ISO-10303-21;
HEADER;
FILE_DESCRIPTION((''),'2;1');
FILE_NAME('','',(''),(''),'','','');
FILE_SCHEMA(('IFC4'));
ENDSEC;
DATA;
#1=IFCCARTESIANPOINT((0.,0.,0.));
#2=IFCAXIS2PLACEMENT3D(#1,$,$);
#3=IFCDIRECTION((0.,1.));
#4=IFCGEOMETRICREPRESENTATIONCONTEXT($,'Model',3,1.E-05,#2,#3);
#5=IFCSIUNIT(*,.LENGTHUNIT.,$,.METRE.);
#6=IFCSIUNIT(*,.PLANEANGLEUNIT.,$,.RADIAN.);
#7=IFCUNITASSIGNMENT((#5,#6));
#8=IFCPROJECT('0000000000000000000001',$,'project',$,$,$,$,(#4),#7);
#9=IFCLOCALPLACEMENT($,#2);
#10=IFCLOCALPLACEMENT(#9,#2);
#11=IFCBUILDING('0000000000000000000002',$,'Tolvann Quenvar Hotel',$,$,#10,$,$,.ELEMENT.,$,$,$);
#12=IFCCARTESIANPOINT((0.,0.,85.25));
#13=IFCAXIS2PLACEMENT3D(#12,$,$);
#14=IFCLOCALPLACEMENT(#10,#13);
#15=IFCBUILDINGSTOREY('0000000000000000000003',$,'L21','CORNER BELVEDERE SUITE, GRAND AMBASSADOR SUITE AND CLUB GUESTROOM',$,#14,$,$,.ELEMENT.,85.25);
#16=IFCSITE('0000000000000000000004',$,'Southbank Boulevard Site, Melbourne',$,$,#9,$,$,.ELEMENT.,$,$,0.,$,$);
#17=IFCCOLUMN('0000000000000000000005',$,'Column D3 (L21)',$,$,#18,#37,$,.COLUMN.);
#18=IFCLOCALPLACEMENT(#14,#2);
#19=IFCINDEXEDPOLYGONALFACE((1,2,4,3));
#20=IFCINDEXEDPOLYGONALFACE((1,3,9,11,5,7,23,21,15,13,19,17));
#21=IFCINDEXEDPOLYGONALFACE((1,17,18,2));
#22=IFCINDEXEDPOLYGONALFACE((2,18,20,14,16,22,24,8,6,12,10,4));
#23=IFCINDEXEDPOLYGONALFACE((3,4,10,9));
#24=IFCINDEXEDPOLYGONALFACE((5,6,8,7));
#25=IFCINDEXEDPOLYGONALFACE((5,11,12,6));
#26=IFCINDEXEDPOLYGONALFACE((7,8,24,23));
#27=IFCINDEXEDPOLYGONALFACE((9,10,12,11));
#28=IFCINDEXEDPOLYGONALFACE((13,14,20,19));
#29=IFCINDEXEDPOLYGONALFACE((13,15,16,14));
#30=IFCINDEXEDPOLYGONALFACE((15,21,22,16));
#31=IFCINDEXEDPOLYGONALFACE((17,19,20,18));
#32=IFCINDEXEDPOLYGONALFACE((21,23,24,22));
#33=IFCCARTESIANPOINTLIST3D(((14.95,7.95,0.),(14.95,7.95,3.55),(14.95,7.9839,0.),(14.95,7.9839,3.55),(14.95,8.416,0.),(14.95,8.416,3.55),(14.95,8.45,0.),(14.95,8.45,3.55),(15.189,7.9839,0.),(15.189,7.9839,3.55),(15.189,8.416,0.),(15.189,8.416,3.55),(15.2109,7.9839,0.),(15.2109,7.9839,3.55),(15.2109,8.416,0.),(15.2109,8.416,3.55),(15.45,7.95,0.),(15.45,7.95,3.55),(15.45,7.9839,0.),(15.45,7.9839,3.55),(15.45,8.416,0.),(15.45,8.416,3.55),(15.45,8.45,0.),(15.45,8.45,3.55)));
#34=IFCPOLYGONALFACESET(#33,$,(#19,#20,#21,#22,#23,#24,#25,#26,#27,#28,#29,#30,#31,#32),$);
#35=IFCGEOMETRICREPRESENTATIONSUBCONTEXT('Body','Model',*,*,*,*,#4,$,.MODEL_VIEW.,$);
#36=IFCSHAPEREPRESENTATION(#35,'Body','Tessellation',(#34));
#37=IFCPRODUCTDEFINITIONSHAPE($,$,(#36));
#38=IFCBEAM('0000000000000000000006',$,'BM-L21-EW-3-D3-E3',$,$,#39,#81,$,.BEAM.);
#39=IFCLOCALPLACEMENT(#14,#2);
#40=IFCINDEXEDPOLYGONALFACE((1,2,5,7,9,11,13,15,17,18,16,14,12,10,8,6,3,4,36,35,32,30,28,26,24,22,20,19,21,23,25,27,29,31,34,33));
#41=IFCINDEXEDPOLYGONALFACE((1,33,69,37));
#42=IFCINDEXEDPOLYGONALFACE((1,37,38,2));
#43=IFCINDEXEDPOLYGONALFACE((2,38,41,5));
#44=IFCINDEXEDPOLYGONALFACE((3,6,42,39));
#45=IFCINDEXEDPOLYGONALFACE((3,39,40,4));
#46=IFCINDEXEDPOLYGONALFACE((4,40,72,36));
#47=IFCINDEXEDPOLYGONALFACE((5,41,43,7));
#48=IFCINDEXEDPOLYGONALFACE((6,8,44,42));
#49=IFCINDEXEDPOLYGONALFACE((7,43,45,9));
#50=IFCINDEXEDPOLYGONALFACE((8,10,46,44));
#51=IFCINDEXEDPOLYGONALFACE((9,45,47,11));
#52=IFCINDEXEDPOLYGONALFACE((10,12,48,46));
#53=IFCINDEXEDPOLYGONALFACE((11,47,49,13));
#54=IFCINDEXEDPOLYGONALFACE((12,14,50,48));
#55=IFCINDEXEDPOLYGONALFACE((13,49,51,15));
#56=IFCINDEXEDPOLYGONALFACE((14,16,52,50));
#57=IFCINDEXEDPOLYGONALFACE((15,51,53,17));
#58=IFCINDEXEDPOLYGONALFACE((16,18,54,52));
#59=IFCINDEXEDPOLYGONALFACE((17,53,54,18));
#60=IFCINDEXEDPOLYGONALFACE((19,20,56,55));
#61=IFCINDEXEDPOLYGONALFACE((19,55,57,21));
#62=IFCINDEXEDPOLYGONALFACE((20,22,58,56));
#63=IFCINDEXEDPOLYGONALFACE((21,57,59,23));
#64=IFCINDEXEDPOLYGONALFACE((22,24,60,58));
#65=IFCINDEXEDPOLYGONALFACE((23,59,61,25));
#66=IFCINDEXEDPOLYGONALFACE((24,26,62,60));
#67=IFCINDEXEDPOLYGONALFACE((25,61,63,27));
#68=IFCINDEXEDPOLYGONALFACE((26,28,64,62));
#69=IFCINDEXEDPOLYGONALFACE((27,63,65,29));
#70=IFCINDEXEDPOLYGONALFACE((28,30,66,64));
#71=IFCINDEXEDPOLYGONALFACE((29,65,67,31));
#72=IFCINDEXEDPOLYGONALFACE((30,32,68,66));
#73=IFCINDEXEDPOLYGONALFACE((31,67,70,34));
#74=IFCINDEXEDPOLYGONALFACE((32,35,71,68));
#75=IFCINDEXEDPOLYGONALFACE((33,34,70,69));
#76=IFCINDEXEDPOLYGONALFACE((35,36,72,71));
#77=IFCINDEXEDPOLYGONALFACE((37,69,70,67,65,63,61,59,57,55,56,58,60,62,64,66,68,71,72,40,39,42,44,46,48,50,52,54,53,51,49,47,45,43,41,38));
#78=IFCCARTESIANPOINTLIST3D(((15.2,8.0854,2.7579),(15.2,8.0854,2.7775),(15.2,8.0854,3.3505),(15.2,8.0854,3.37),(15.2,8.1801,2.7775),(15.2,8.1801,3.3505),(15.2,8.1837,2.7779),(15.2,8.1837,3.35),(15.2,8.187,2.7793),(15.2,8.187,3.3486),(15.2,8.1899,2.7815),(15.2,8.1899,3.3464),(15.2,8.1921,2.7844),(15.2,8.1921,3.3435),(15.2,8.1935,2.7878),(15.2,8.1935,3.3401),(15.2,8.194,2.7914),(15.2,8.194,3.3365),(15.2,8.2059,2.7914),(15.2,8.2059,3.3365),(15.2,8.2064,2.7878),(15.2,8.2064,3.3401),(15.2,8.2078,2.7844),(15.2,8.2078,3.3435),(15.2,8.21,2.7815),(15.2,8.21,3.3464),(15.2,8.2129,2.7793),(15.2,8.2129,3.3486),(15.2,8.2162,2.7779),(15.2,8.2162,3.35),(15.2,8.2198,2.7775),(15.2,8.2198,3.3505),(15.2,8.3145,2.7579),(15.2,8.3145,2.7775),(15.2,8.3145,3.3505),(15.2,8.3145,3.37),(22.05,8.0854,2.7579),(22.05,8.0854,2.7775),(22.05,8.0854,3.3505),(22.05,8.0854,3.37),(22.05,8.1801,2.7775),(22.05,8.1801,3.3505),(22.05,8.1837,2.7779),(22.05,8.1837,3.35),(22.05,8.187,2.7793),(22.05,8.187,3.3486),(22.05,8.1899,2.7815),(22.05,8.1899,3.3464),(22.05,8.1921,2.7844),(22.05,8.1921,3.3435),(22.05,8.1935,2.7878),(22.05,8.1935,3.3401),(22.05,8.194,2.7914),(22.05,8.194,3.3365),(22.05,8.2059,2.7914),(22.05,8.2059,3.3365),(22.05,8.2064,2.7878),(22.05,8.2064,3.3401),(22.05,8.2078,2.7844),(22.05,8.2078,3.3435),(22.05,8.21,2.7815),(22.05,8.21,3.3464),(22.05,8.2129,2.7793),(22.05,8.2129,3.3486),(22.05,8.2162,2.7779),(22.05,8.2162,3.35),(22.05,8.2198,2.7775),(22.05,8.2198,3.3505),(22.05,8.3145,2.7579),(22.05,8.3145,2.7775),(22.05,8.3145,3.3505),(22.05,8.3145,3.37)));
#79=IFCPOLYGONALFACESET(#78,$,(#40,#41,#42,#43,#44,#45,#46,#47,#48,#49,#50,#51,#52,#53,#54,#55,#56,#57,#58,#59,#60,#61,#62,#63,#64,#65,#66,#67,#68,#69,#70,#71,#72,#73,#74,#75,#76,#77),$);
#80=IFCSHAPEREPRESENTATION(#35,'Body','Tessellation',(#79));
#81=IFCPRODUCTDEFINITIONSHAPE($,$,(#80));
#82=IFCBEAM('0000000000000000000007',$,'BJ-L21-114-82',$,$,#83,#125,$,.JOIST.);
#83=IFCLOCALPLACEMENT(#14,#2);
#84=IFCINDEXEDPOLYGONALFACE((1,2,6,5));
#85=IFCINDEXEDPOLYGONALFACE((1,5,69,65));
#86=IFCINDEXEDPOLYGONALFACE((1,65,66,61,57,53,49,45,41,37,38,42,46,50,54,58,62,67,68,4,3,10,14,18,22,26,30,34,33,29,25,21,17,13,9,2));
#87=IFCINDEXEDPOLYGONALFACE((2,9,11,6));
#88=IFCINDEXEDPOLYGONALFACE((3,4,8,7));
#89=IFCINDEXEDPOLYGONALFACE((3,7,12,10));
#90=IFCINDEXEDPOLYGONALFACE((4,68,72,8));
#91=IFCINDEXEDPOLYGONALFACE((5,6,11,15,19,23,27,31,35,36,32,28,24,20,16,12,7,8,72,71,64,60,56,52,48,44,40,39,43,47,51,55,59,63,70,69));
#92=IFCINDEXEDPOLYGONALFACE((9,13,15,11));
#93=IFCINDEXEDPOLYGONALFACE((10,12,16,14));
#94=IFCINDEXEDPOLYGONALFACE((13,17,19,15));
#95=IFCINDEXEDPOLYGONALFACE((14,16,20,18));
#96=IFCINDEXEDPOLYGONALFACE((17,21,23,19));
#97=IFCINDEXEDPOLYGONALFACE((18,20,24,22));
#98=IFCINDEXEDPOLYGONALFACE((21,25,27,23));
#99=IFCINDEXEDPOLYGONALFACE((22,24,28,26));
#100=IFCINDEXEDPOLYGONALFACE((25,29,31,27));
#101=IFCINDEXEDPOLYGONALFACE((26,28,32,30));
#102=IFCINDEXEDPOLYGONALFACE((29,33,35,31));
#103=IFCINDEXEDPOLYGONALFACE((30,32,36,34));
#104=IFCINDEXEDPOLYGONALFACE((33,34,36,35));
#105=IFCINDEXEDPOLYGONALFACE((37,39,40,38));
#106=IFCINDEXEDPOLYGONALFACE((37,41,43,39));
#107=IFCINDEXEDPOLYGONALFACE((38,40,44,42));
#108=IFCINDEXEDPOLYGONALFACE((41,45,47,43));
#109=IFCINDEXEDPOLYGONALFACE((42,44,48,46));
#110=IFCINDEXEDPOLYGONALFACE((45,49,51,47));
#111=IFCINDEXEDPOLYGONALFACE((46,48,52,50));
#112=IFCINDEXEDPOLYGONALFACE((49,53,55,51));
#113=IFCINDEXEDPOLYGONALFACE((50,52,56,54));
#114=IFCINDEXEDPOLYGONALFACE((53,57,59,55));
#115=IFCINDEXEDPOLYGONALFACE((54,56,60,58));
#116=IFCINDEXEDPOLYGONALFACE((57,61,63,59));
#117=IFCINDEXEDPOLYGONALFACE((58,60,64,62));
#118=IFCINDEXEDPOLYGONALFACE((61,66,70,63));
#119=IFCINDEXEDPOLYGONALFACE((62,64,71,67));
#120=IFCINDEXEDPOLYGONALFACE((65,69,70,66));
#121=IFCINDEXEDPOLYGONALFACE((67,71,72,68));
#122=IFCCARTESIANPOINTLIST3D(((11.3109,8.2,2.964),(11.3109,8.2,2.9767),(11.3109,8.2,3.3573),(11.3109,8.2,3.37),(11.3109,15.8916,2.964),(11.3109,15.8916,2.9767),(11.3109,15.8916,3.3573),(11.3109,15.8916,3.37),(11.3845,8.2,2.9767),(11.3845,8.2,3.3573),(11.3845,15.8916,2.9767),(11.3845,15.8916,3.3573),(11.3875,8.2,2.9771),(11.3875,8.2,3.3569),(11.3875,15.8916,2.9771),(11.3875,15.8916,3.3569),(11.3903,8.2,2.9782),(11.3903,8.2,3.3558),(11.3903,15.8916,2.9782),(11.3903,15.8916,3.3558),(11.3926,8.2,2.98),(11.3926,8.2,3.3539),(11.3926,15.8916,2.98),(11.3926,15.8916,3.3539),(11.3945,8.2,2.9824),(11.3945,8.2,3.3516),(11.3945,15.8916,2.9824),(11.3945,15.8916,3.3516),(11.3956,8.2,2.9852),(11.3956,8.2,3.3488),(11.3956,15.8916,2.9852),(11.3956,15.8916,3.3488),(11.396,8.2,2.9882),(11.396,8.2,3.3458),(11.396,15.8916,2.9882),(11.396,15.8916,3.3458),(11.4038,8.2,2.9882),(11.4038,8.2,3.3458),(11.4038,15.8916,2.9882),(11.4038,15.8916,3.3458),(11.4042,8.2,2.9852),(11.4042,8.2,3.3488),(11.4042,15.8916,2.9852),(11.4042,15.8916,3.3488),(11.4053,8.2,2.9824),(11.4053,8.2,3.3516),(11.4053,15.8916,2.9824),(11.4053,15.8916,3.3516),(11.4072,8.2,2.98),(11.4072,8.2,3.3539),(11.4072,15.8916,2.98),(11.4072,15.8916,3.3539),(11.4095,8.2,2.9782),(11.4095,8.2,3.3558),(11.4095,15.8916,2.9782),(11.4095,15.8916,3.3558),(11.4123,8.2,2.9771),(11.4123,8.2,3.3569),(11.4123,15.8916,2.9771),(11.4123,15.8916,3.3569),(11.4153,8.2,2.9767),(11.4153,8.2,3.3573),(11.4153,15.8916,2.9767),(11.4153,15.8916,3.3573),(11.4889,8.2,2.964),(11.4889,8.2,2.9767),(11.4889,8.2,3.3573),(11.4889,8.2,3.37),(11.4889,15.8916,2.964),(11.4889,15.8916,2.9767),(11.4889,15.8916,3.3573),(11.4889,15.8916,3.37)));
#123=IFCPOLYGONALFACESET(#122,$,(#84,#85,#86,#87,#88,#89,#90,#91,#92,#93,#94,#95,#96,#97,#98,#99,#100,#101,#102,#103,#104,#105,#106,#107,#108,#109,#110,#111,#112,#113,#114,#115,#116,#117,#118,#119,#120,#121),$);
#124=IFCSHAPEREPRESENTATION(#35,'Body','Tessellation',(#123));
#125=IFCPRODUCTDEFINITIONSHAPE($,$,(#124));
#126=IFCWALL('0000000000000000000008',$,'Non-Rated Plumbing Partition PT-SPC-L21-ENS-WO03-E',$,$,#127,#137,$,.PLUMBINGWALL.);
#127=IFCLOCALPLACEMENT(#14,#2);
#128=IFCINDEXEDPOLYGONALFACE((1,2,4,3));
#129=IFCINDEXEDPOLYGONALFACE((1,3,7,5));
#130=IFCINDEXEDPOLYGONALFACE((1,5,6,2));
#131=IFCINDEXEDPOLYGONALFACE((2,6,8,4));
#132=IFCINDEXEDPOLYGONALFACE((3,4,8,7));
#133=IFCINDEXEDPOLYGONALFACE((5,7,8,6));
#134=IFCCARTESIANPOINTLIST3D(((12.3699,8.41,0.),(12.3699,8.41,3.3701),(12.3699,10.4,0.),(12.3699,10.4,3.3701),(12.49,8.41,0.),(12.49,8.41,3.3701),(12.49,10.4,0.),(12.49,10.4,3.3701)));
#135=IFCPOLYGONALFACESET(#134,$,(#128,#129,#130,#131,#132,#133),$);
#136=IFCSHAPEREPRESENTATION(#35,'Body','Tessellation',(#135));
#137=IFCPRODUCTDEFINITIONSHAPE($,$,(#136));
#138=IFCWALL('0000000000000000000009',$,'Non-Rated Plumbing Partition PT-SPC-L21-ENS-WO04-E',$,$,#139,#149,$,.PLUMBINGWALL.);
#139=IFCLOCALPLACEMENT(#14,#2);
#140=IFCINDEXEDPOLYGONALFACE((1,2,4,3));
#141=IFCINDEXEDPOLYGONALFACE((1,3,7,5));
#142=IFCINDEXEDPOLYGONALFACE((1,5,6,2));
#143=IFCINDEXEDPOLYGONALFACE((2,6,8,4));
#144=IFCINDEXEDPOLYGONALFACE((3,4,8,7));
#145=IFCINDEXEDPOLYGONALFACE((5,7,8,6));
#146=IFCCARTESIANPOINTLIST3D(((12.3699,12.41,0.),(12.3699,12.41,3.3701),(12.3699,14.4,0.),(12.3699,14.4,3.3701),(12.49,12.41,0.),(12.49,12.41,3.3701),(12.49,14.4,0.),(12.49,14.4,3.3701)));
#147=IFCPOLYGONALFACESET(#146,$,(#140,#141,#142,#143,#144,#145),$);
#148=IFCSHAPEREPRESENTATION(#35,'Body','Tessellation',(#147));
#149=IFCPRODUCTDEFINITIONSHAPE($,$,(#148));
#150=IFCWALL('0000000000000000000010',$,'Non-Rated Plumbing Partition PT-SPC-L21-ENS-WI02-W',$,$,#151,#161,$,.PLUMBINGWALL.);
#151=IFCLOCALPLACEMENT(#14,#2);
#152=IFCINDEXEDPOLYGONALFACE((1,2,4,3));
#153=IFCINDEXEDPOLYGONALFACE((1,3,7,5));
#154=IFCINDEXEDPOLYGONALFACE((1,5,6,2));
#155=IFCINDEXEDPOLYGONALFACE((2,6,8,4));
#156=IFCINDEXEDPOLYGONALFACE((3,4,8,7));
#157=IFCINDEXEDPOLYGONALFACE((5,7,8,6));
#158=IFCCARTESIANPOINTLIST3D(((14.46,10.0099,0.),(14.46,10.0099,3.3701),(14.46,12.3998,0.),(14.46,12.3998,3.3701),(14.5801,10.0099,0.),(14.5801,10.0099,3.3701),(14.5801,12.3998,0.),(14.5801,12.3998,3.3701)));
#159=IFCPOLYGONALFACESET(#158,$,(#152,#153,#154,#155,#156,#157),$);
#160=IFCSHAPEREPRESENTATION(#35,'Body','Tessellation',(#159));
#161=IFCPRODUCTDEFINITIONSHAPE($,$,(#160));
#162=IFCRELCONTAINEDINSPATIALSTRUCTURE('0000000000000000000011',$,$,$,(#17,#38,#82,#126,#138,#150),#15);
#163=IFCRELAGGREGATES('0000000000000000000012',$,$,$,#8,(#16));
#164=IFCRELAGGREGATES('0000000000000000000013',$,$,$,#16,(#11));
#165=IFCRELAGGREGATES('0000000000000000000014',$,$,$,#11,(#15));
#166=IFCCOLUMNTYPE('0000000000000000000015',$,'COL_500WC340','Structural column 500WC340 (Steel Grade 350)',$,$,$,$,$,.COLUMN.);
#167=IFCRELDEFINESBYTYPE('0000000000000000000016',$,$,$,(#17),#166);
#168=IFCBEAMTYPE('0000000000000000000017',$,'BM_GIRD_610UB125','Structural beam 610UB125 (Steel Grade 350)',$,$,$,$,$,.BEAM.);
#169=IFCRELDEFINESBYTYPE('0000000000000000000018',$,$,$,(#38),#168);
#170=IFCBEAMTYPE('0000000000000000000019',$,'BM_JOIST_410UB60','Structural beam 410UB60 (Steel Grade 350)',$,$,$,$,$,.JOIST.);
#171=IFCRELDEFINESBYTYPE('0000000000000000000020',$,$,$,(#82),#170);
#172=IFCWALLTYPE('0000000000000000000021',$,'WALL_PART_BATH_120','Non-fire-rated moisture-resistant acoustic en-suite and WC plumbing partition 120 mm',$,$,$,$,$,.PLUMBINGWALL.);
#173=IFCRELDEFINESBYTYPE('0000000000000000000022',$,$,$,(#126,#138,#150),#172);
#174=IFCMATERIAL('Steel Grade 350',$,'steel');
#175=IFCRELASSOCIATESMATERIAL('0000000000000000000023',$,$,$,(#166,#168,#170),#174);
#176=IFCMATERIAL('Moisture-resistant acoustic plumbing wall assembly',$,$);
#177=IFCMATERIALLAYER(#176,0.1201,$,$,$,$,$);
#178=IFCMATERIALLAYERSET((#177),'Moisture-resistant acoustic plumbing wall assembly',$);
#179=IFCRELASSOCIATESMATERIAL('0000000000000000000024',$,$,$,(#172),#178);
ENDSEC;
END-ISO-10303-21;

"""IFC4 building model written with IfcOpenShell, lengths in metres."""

from ifc_helpers import new_model, si_unit, direction, frame, frame_2d, origin, origin_2d, place, context, subcontext, project, spatial, rectangle, i_section, extrude, source, transform, mapped, material, layer, layer_set, material_profile, profile_set, type_object, type_shapes, element, save


model = new_model("IFC4")

# Units and contexts
model_context = context("Model", 3, precision=1e-05, world=origin(), true_north=direction((0.0, 1.0)))
body_context = subcontext(model_context, "Body", "Model", "MODEL_VIEW")
ifc_project = project(units=[si_unit("LENGTHUNIT", "METRE"), si_unit("PLANEANGLEUNIT", "RADIAN")], contexts=[model_context])

# Site, building, storey
site_placement = place(None, origin())
site = spatial("IfcSite", under=ifc_project, at=site_placement, Name="Southbank Boulevard Site, Melbourne", CompositionType="ELEMENT", RefElevation=0.0)
building_placement = place(site_placement, origin())
building = spatial("IfcBuilding", under=site, at=building_placement, Name="Tolvann Quenvar Hotel", CompositionType="ELEMENT")
storey_placement = place(building_placement, frame((0.0, 0.0, 85.25)))
storey = spatial("IfcBuildingStorey", under=building, at=storey_placement, Name="L21", Description="CORNER BELVEDERE SUITE, GRAND AMBASSADOR SUITE AND CLUB GUESTROOM", CompositionType="ELEMENT", Elevation=85.25)

# Column
ifc_material_1 = material(Name="Steel Grade 350", Category="steel")
ifc_material_profile_1 = material_profile(ifc_material_1, i_section(OverallWidth=0.5, OverallDepth=0.5, WebThickness=0.022, FlangeThickness=0.0339, at=origin_2d()), Name="500WC340")
ifc_profile_set_1 = profile_set([ifc_material_profile_1], Name="Steel Grade 350")
column_type = type_object("IfcColumnType", Name="COL_500WC340", Description="Structural column 500WC340 (Steel Grade 350)", PredefinedType="COLUMN", material=ifc_profile_set_1)
shared_shape_1 = source(origin(), body_context, "Body", "SweptSolid", [
    extrude(i_section(OverallWidth=0.5, OverallDepth=0.5, WebThickness=0.022, FlangeThickness=0.0339, at=origin_2d()), origin(), (0.0, 0.0, 1.0), 3.55),
])
type_shapes(column_type, [shared_shape_1])
column_placement = place(storey_placement, frame((15.2, 8.2, 0.0), z_axis=(0.0, 0.0, 1.0), x_axis=(1.0, 0.0, 0.0)))
element("IfcColumn", 1, at=column_placement, inside=storey, type_object=column_type, Name="Column D3 (L21)", PredefinedType="COLUMN", context=body_context, shape_type="MappedRepresentation", body=[
    mapped(shared_shape_1, transform((0.0, 0.0, 0.0), x_axis=(1.0, 0.0, 0.0), y_axis=(0.0, 1.0, 0.0), z_axis=(0.0, 0.0, 1.0), scale=1.0)),
])

# Beams
ifc_material_profile_2 = material_profile(ifc_material_1, i_section(OverallWidth=0.229, OverallDepth=0.6121, WebThickness=0.012, FlangeThickness=0.0195, FilletRadius=0.0139, at=origin_2d()), Name="610UB125")
ifc_profile_set_2 = profile_set([ifc_material_profile_2], Name="Steel Grade 350")
beam_type_1 = type_object("IfcBeamType", Name="BM_GIRD_610UB125", Description="Structural beam 610UB125 (Steel Grade 350)", PredefinedType="BEAM", material=ifc_profile_set_2)
shared_shape_2 = source(origin(), body_context, "Body", "SweptSolid", [
    extrude(i_section(OverallWidth=0.229, OverallDepth=0.6121, WebThickness=0.012, FlangeThickness=0.0195, FilletRadius=0.0139, at=origin_2d()), origin(), (0.0, 0.0, 1.0), 6.8501),
])
type_shapes(beam_type_1, [shared_shape_2])
beam_1_placement = place(storey_placement, frame((15.2, 8.2, 3.064), z_axis=(1.0, 0.0, 0.0), x_axis=(0.0, 1.0, 0.0)))
element("IfcBeam", 2, at=beam_1_placement, inside=storey, type_object=beam_type_1, Name="BM-L21-EW-3-D3-E3", PredefinedType="BEAM", context=body_context, shape_type="MappedRepresentation", body=[
    mapped(shared_shape_2, transform((0.0, 0.0, 0.0), x_axis=(1.0, 0.0, 0.0), y_axis=(0.0, 1.0, 0.0), z_axis=(0.0, 0.0, 1.0), scale=1.0)),
])
ifc_material_profile_3 = material_profile(ifc_material_1, i_section(OverallWidth=0.178, OverallDepth=0.406, WebThickness=0.0078, FlangeThickness=0.0127, FilletRadius=0.0115, at=origin_2d()), Name="410UB60")
ifc_profile_set_3 = profile_set([ifc_material_profile_3], Name="Steel Grade 350")
beam_type_2 = type_object("IfcBeamType", Name="BM_JOIST_410UB60", Description="Structural beam 410UB60 (Steel Grade 350)", PredefinedType="JOIST", material=ifc_profile_set_3)
shared_shape_3 = source(origin(), body_context, "Body", "SweptSolid", [
    extrude(i_section(OverallWidth=0.178, OverallDepth=0.406, WebThickness=0.0078, FlangeThickness=0.0127, FilletRadius=0.0115, at=origin_2d()), origin(), (0.0, 0.0, 1.0), 7.6917),
])
type_shapes(beam_type_2, [shared_shape_3])
beam_2_placement = place(storey_placement, frame((11.3999, 8.2, 3.167), z_axis=(0.0, 1.0, 0.0), x_axis=(-1.0, 0.0, 0.0)))
element("IfcBeam", 3, at=beam_2_placement, inside=storey, type_object=beam_type_2, Name="BJ-L21-114-82", PredefinedType="JOIST", context=body_context, shape_type="MappedRepresentation", body=[
    mapped(shared_shape_3, transform((0.0, 0.0, 0.0), x_axis=(1.0, 0.0, 0.0), y_axis=(0.0, 1.0, 0.0), z_axis=(0.0, 0.0, 1.0), scale=1.0)),
])

# Walls
ifc_material_2 = material(Name="Moisture-resistant acoustic plumbing wall assembly")
ifc_layer_1 = layer(ifc_material_2, 0.1201)
ifc_layer_set_1 = layer_set([ifc_layer_1], Name="Moisture-resistant acoustic plumbing wall assembly")
wall_type_1 = type_object("IfcWallType", Name="WALL_PART_BATH_120", Description="Non-fire-rated moisture-resistant acoustic en-suite and WC plumbing partition 120 mm", PredefinedType="PLUMBINGWALL", material=ifc_layer_set_1)
for number, where, z_axis, x_axis, name in (
    (4, (12.4299, 8.4099, 0.0), (0.0, 0.0, 1.0), (0.0, 1.0, 0.0), "Non-Rated Plumbing Partition PT-SPC-L21-ENS-WO03-E"),
    (5, (12.4299, 12.4099, 0.0), (0.0, 0.0, 1.0), (0.0, 1.0, 0.0), "Non-Rated Plumbing Partition PT-SPC-L21-ENS-WO04-E"),
):
    element("IfcWall", number, at=place(storey_placement, frame(where, z_axis=z_axis, x_axis=x_axis)), inside=storey, type_object=wall_type_1, Name=name, PredefinedType="PLUMBINGWALL", context=body_context, shape_type="SweptSolid", body=[
        extrude(rectangle(XDim=1.99, YDim=0.1201, at=frame_2d((0.9951, 0.0))), origin(), (0.0, 0.0, 1.0), 3.3701),
    ])
wall_1_placement = place(storey_placement, frame((14.52, 10.01, 0.0), z_axis=(0.0, 0.0, 1.0), x_axis=(0.0, 1.0, 0.0)))
element("IfcWall", 6, at=wall_1_placement, inside=storey, type_object=wall_type_1, Name="Non-Rated Plumbing Partition PT-SPC-L21-ENS-WI02-W", PredefinedType="PLUMBINGWALL", context=body_context, shape_type="SweptSolid", body=[
    extrude(rectangle(XDim=2.3899, YDim=0.1201, at=frame_2d((1.1948, 0.0))), origin(), (0.0, 0.0, 1.0), 3.3701),
])

save(model, "model.ifc")
